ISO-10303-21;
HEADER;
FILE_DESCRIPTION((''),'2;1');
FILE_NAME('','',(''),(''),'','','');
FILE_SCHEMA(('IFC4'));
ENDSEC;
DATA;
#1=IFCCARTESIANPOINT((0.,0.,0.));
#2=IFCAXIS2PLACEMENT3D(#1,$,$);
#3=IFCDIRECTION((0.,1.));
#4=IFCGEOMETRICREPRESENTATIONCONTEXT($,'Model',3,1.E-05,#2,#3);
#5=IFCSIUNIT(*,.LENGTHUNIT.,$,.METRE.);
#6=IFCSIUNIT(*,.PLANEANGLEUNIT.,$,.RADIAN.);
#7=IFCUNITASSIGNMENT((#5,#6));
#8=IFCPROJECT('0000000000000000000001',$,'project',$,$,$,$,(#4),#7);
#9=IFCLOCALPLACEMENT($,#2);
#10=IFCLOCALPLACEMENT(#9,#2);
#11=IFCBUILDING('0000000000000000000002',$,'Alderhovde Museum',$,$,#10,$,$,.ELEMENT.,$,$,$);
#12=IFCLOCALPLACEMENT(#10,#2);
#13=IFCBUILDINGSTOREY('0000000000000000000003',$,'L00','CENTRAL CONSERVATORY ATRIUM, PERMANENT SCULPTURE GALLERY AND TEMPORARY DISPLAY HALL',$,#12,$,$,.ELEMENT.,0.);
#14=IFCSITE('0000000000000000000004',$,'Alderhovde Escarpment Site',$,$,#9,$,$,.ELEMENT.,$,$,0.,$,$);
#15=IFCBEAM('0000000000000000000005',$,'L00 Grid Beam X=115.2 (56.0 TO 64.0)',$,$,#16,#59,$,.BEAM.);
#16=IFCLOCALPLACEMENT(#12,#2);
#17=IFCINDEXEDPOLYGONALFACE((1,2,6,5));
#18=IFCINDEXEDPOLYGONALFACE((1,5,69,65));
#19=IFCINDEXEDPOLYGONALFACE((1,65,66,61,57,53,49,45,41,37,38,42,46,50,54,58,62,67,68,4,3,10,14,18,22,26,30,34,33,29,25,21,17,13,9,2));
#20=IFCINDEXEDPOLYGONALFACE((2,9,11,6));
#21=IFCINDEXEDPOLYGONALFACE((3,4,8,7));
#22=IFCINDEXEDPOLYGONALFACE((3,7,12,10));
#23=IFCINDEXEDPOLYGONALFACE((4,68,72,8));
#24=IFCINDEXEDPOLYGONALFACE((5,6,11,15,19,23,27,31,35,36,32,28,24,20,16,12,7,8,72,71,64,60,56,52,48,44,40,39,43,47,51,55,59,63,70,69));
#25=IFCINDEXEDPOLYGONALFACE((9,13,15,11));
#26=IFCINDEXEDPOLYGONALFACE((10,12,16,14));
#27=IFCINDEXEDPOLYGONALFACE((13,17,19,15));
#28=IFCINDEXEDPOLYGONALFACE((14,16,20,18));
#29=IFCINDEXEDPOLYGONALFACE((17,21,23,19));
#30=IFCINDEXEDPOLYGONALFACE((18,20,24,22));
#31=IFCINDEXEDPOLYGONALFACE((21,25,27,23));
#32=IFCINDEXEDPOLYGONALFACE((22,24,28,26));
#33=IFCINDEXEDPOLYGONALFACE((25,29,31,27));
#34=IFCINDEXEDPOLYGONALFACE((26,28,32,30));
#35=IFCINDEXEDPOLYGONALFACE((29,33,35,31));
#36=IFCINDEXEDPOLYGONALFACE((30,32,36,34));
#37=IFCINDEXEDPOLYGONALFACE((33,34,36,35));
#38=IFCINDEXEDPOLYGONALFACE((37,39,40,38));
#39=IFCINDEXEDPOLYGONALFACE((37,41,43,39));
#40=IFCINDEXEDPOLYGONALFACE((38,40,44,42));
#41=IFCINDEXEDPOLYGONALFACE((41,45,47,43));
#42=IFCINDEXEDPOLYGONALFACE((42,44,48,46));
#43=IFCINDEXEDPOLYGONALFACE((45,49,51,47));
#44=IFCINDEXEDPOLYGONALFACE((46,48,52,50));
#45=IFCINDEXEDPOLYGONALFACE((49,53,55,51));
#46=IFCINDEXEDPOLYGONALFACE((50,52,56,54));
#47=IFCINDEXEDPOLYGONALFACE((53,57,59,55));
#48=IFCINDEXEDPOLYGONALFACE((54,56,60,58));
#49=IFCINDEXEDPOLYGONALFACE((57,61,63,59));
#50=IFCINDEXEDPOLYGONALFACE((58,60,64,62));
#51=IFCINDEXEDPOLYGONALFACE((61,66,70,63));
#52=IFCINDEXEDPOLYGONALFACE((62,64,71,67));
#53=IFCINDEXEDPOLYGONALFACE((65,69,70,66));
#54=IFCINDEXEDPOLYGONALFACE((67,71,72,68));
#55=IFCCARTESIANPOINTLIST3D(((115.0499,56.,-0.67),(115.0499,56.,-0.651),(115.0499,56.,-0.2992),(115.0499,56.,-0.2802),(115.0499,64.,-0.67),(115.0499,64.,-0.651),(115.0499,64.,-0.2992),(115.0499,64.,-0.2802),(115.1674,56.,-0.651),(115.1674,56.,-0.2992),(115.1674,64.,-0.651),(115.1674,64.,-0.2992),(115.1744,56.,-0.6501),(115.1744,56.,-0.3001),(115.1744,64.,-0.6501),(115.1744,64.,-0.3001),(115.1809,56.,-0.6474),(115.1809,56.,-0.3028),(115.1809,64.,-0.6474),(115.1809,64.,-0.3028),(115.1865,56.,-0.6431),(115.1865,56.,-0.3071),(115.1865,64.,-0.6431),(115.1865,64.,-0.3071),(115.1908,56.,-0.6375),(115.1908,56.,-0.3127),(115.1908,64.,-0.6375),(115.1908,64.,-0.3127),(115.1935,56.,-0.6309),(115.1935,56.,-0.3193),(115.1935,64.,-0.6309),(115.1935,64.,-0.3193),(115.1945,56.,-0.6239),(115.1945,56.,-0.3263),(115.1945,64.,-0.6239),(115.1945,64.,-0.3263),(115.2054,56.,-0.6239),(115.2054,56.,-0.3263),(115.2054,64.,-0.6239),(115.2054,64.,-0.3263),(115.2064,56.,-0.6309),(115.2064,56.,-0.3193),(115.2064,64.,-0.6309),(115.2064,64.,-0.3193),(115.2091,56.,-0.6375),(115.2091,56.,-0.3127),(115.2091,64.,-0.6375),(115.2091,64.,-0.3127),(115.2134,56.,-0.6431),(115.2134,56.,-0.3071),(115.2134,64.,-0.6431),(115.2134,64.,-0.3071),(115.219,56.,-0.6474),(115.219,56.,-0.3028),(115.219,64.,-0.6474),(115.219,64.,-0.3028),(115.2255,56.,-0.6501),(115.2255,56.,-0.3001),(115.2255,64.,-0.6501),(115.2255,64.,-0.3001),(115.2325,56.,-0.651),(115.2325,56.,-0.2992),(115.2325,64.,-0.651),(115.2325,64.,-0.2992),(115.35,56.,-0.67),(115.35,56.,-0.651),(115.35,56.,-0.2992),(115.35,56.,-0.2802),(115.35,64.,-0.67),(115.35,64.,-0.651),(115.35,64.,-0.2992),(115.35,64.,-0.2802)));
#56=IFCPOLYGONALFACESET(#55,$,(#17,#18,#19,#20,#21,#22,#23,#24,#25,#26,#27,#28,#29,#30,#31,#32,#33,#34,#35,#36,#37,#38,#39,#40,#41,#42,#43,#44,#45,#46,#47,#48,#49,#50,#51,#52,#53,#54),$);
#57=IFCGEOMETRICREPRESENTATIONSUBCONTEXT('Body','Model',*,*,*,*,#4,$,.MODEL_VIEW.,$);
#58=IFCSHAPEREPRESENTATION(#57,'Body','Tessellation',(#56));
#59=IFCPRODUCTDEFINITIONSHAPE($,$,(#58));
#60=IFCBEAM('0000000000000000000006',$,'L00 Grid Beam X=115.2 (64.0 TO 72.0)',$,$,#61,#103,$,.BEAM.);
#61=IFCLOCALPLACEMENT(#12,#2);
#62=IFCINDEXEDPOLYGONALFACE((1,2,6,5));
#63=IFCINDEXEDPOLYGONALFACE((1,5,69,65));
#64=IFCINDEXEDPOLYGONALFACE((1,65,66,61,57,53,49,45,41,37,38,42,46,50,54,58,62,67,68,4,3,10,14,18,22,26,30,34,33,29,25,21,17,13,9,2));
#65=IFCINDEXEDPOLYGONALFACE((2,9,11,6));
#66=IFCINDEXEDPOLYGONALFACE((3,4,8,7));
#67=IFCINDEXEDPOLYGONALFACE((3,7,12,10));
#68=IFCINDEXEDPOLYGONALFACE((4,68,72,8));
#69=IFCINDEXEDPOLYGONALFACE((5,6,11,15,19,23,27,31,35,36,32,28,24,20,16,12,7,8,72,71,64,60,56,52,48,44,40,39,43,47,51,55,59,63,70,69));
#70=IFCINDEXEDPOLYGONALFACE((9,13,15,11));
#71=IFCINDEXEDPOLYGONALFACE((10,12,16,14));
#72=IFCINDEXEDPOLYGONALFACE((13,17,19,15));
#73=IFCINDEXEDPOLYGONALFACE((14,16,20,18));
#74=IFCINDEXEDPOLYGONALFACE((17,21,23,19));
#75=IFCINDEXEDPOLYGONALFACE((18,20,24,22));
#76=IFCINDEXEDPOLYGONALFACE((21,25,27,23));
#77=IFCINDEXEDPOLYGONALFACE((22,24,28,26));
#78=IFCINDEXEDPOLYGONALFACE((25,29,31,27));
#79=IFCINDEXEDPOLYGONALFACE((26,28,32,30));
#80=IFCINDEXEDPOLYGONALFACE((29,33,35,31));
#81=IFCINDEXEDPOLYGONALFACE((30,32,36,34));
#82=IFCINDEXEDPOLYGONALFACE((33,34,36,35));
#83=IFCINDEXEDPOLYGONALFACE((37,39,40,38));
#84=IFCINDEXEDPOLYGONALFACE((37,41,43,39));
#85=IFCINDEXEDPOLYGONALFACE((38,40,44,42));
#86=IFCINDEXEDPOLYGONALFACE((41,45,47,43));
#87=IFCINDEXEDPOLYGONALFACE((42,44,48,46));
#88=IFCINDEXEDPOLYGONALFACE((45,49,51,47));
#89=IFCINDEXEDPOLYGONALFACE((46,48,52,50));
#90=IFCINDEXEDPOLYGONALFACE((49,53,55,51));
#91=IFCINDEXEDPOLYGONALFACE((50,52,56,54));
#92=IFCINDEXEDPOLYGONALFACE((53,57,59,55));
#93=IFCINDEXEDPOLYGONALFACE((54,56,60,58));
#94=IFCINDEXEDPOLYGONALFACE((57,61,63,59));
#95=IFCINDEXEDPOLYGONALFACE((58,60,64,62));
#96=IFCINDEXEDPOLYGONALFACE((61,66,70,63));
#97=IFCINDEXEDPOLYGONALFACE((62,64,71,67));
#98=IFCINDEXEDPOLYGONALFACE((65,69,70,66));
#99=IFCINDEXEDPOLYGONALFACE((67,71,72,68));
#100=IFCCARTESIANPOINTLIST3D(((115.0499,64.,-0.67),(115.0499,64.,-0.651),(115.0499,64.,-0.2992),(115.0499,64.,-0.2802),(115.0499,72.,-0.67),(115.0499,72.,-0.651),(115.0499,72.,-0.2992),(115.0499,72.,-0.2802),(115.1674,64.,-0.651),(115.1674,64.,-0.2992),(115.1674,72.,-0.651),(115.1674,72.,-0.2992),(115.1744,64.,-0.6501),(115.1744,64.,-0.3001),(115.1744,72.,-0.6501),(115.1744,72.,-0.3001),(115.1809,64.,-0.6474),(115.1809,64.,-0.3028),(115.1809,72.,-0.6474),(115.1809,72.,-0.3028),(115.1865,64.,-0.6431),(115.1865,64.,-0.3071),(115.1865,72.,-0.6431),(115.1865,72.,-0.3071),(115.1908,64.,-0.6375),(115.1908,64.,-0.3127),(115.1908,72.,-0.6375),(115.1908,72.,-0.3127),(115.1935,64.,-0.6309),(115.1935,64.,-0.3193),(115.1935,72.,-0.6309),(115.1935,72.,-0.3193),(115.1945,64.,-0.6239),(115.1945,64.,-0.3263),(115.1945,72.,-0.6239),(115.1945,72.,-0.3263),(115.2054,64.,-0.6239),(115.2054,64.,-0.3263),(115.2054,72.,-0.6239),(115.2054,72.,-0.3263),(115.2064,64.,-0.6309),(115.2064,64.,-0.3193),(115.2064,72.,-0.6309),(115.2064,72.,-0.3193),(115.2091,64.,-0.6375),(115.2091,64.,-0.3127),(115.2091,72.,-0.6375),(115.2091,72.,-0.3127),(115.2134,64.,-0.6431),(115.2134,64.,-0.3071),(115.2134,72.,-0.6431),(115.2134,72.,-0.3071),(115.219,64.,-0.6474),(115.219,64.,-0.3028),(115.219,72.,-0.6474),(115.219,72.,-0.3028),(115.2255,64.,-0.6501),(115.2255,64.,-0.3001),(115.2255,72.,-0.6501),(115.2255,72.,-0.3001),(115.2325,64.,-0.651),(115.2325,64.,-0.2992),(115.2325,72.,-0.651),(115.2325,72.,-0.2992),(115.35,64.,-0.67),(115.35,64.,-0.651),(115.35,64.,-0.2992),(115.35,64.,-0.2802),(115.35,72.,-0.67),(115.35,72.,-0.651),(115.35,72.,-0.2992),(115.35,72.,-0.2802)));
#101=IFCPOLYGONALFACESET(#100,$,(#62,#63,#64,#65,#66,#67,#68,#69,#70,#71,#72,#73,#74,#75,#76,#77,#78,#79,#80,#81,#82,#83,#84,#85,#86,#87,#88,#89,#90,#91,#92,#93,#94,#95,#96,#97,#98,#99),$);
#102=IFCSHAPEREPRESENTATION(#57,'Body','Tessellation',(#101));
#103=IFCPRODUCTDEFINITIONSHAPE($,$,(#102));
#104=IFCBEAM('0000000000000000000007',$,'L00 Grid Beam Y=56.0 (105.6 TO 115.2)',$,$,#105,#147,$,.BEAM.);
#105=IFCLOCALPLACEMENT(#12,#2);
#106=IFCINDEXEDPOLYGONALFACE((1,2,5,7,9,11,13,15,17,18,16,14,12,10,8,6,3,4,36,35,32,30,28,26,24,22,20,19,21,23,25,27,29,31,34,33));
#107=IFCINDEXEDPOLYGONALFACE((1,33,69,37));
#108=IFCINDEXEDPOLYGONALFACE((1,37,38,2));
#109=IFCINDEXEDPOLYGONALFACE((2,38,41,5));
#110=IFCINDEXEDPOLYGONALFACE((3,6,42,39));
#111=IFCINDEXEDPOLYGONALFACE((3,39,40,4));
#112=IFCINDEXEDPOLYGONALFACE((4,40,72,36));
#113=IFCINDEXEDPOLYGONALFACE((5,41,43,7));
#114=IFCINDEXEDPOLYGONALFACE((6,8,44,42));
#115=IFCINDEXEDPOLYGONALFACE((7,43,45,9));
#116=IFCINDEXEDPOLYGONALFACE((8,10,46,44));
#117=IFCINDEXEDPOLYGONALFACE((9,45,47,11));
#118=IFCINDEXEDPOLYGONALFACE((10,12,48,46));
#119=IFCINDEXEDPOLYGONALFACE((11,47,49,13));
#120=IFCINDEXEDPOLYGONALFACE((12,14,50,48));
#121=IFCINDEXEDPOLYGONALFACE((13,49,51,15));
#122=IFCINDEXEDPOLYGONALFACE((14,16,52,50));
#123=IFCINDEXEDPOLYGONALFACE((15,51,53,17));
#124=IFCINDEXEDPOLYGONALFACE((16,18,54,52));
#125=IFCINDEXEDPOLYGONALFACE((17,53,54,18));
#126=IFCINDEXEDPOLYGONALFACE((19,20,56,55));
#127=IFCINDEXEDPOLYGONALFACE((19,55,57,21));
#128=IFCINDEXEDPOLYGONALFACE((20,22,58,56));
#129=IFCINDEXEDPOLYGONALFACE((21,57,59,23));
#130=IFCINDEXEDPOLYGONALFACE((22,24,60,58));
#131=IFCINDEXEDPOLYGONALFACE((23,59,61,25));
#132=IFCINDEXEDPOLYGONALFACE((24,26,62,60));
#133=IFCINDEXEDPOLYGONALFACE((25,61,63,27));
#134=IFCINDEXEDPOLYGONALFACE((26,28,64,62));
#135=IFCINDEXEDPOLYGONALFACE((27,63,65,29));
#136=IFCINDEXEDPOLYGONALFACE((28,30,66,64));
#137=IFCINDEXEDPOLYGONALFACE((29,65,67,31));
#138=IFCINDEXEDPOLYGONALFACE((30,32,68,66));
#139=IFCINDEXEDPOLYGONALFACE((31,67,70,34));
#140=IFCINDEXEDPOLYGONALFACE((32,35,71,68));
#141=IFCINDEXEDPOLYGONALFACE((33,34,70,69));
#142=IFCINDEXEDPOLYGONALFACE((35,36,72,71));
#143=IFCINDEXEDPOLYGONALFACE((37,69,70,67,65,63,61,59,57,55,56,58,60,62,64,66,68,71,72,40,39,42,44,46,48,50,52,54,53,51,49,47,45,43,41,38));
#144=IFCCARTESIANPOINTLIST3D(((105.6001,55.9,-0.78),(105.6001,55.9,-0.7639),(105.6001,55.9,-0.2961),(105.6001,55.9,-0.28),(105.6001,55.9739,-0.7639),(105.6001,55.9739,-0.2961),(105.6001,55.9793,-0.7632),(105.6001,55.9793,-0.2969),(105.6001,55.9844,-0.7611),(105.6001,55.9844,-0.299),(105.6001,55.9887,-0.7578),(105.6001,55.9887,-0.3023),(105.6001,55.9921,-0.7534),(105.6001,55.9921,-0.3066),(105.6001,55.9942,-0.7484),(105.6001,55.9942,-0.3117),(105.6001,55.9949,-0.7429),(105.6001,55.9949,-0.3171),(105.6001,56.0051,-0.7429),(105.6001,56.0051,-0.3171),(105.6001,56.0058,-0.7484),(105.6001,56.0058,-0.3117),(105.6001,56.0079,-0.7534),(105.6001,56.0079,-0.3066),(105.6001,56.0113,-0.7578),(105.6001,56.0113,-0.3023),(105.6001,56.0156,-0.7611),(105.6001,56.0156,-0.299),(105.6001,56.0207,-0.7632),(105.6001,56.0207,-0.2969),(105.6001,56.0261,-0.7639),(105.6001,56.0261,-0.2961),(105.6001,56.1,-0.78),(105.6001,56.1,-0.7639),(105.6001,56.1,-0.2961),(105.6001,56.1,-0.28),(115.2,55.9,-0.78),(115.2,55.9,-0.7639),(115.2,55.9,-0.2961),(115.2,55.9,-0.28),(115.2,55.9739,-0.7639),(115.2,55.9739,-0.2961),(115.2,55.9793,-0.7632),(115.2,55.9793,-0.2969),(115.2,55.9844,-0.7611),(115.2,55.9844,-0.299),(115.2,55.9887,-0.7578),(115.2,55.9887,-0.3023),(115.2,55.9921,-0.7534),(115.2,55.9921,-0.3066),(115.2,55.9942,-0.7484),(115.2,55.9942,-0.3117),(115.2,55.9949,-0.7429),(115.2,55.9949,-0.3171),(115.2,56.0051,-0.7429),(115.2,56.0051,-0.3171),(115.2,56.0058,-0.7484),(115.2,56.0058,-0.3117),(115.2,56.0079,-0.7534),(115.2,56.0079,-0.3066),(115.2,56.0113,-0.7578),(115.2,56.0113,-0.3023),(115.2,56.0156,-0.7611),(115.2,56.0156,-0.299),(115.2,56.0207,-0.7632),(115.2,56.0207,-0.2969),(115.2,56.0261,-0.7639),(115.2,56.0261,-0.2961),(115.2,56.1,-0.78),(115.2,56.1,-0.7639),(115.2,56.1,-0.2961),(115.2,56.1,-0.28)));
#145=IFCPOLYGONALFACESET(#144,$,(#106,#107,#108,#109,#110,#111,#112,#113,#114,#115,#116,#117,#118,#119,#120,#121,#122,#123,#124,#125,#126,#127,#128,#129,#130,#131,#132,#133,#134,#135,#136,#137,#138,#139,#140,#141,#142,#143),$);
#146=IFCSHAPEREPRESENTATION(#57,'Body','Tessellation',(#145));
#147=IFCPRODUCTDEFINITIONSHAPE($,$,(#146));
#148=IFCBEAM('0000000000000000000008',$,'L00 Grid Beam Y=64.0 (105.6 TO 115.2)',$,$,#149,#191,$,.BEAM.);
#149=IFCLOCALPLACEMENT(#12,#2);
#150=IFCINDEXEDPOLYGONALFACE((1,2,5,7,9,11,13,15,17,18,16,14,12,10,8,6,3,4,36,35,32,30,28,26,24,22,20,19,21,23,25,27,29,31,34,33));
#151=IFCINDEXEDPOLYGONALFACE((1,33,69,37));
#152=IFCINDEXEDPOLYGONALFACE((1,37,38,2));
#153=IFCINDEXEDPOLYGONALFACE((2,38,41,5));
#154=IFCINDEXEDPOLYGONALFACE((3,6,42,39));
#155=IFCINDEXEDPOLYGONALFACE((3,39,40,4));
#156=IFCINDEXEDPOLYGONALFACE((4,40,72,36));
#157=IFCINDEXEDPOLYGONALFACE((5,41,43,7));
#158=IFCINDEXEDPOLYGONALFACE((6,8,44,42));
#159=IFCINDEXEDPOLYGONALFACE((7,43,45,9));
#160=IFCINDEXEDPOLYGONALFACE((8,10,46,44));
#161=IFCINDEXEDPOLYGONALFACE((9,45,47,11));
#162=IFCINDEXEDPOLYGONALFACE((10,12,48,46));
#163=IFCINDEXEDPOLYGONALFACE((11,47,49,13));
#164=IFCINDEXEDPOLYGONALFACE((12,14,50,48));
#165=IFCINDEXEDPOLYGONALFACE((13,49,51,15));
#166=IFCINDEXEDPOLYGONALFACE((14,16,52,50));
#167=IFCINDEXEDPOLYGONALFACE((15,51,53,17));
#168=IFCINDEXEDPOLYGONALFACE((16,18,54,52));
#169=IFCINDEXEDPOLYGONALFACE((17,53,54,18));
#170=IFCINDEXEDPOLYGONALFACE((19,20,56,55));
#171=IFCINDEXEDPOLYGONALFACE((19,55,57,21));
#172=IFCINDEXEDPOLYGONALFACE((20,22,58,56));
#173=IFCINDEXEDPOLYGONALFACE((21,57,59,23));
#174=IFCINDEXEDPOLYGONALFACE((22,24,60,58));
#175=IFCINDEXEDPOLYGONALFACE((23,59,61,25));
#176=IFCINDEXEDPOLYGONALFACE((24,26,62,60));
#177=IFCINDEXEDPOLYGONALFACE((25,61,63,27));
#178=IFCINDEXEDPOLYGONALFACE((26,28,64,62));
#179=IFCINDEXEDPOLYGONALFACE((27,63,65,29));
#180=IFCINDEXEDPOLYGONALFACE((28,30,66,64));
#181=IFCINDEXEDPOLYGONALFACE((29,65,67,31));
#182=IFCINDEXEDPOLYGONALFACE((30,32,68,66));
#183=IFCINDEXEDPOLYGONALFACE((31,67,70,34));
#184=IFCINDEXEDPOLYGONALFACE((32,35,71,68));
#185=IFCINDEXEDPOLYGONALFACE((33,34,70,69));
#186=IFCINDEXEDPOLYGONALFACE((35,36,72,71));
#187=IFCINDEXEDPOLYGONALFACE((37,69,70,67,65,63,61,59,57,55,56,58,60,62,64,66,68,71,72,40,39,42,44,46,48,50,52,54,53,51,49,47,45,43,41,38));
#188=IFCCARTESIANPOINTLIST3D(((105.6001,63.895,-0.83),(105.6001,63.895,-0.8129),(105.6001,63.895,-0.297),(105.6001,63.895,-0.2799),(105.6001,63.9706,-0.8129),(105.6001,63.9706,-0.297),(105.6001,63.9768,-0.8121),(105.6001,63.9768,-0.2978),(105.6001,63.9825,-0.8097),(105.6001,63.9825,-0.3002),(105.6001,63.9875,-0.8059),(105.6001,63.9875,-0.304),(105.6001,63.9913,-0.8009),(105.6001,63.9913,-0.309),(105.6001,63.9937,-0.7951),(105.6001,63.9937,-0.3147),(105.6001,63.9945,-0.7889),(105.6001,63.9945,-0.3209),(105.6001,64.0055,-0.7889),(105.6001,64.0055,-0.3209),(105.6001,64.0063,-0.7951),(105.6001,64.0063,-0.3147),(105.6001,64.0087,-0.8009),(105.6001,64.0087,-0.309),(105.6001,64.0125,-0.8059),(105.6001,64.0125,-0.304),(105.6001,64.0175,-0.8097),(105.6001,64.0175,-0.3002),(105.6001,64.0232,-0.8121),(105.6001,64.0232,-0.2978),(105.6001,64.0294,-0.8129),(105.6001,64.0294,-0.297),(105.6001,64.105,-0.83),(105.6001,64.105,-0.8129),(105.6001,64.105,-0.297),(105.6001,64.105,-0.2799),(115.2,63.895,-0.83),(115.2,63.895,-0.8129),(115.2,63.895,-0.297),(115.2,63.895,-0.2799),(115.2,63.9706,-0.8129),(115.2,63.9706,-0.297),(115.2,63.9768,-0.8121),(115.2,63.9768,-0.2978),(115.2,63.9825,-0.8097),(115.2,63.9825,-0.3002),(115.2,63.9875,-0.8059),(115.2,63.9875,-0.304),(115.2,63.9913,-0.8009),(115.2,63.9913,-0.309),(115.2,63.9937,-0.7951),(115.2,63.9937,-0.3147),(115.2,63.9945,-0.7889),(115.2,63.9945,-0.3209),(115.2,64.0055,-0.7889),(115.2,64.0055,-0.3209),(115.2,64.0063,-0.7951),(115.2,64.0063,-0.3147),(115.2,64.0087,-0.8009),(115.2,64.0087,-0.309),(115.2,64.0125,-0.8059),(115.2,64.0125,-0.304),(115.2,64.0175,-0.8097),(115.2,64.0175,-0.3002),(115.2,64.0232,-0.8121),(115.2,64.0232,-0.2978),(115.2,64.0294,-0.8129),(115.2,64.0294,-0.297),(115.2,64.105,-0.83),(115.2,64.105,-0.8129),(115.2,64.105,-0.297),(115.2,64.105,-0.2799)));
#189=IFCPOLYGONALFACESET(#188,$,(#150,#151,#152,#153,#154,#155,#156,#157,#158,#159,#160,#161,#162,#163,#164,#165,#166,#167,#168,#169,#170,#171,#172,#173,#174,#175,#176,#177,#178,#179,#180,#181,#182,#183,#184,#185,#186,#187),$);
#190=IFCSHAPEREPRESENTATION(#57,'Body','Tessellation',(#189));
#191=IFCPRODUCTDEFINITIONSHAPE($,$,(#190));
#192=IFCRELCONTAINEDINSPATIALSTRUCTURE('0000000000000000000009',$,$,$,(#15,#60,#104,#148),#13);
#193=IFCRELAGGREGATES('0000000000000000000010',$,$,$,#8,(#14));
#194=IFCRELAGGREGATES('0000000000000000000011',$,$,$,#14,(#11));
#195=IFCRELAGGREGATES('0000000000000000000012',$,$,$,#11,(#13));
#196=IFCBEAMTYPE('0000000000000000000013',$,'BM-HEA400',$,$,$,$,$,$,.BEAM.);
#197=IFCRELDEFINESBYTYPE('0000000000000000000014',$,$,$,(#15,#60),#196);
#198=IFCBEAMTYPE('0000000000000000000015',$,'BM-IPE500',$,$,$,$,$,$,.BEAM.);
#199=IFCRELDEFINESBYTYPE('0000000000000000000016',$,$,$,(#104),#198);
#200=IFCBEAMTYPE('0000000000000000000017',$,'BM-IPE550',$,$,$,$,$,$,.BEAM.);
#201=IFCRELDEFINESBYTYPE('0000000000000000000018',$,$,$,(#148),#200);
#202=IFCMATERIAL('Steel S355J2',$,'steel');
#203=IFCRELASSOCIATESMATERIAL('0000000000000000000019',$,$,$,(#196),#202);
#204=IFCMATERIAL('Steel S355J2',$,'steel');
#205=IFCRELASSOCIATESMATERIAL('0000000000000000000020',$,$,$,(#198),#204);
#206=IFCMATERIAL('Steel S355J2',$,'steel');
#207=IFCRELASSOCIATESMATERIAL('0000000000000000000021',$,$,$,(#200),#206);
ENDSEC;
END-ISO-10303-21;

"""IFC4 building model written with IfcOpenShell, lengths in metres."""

from ifc_helpers import new_model, si_unit, direction, frame, origin, origin_2d, place, context, subcontext, project, spatial, i_section, extrude, material, material_profile, profile_set, type_object, element, save


model = new_model("IFC4")

# Units and contexts
model_context = context("Model", 3, precision=1e-05, world=origin(), true_north=direction((0.0, 1.0)))
body_context = subcontext(model_context, "Body", "Model", "MODEL_VIEW")
ifc_project = project(units=[si_unit("LENGTHUNIT", "METRE"), si_unit("PLANEANGLEUNIT", "RADIAN")], contexts=[model_context])

# Site, building, storey
site_placement = place(None, origin())
site = spatial("IfcSite", under=ifc_project, at=site_placement, Name="Alderhovde Escarpment Site", CompositionType="ELEMENT", RefElevation=0.0)
building_placement = place(site_placement, origin())
building = spatial("IfcBuilding", under=site, at=building_placement, Name="Alderhovde Museum", CompositionType="ELEMENT")
storey_placement = place(building_placement, origin())
storey = spatial("IfcBuildingStorey", under=building, at=storey_placement, Name="L00", Description="CENTRAL CONSERVATORY ATRIUM, PERMANENT SCULPTURE GALLERY AND TEMPORARY DISPLAY HALL", CompositionType="ELEMENT", Elevation=0.0)

# Beams
ifc_material_1 = material(Name="Steel S355J2", Category="steel")
ifc_material_profile_1 = material_profile(ifc_material_1, i_section(OverallWidth=0.3, OverallDepth=0.3899, WebThickness=0.011, FlangeThickness=0.019, FilletRadius=0.0271, at=origin_2d()), Name="HEA 400")
ifc_profile_set_1 = profile_set([ifc_material_profile_1], Name="Steel S355J2")
beam_type_1 = type_object("IfcBeamType", Name="BM-HEA400", PredefinedType="BEAM", material=ifc_profile_set_1)
for number, where, z_axis, x_axis, name in (
    (1, (115.2, 56.0, -0.4751), (0.0, 1.0, 0.0), (-1.0, 0.0, 0.0), "L00 Grid Beam X=115.2 (56.0 TO 64.0)"),
    (2, (115.2, 64.0, -0.4751), (0.0, 1.0, 0.0), (-1.0, 0.0, 0.0), "L00 Grid Beam X=115.2 (64.0 TO 72.0)"),
):
    element("IfcBeam", number, at=place(storey_placement, frame(where, z_axis=z_axis, x_axis=x_axis)), inside=storey, type_object=beam_type_1, Name=name, PredefinedType="BEAM", context=body_context, shape_type="SweptSolid", body=[
        extrude(i_section(OverallWidth=0.3, OverallDepth=0.3899, WebThickness=0.011, FlangeThickness=0.019, FilletRadius=0.0271, at=origin_2d()), origin(), (0.0, 0.0, 1.0), 8.0),
    ])
ifc_material_2 = material(Name="Steel S355J2", Category="steel")
ifc_material_profile_2 = material_profile(ifc_material_2, i_section(OverallWidth=0.2, OverallDepth=0.5, WebThickness=0.0103, FlangeThickness=0.0161, FilletRadius=0.021, at=origin_2d()), Name="IPE 500")
ifc_profile_set_2 = profile_set([ifc_material_profile_2], Name="Steel S355J2")
beam_type_2 = type_object("IfcBeamType", Name="BM-IPE500", PredefinedType="BEAM", material=ifc_profile_set_2)
beam_1_placement = place(storey_placement, frame((105.6001, 56.0, -0.53), z_axis=(1.0, 0.0, 0.0), x_axis=(0.0, 1.0, 0.0)))
element("IfcBeam", 3, at=beam_1_placement, inside=storey, type_object=beam_type_2, Name="L00 Grid Beam Y=56.0 (105.6 TO 115.2)", PredefinedType="BEAM", context=body_context, shape_type="SweptSolid", body=[
    extrude(i_section(OverallWidth=0.2, OverallDepth=0.5, WebThickness=0.0103, FlangeThickness=0.0161, FilletRadius=0.021, at=origin_2d()), origin(), (0.0, 0.0, 1.0), 9.5999),
])
ifc_material_3 = material(Name="Steel S355J2", Category="steel")
ifc_material_profile_3 = material_profile(ifc_material_3, i_section(OverallWidth=0.21, OverallDepth=0.55, WebThickness=0.011, FlangeThickness=0.0171, FilletRadius=0.0239, at=origin_2d()), Name="IPE 550")
ifc_profile_set_3 = profile_set([ifc_material_profile_3], Name="Steel S355J2")
beam_type_3 = type_object("IfcBeamType", Name="BM-IPE550", PredefinedType="BEAM", material=ifc_profile_set_3)
beam_2_placement = place(storey_placement, frame((105.6001, 64.0, -0.5549), z_axis=(1.0, 0.0, 0.0), x_axis=(0.0, 1.0, 0.0)))
element("IfcBeam", 4, at=beam_2_placement, inside=storey, type_object=beam_type_3, Name="L00 Grid Beam Y=64.0 (105.6 TO 115.2)", PredefinedType="BEAM", context=body_context, shape_type="SweptSolid", body=[
    extrude(i_section(OverallWidth=0.21, OverallDepth=0.55, WebThickness=0.011, FlangeThickness=0.0171, FilletRadius=0.0239, at=origin_2d()), origin(), (0.0, 0.0, 1.0), 9.5999),
])

save(model, "model.ifc")
